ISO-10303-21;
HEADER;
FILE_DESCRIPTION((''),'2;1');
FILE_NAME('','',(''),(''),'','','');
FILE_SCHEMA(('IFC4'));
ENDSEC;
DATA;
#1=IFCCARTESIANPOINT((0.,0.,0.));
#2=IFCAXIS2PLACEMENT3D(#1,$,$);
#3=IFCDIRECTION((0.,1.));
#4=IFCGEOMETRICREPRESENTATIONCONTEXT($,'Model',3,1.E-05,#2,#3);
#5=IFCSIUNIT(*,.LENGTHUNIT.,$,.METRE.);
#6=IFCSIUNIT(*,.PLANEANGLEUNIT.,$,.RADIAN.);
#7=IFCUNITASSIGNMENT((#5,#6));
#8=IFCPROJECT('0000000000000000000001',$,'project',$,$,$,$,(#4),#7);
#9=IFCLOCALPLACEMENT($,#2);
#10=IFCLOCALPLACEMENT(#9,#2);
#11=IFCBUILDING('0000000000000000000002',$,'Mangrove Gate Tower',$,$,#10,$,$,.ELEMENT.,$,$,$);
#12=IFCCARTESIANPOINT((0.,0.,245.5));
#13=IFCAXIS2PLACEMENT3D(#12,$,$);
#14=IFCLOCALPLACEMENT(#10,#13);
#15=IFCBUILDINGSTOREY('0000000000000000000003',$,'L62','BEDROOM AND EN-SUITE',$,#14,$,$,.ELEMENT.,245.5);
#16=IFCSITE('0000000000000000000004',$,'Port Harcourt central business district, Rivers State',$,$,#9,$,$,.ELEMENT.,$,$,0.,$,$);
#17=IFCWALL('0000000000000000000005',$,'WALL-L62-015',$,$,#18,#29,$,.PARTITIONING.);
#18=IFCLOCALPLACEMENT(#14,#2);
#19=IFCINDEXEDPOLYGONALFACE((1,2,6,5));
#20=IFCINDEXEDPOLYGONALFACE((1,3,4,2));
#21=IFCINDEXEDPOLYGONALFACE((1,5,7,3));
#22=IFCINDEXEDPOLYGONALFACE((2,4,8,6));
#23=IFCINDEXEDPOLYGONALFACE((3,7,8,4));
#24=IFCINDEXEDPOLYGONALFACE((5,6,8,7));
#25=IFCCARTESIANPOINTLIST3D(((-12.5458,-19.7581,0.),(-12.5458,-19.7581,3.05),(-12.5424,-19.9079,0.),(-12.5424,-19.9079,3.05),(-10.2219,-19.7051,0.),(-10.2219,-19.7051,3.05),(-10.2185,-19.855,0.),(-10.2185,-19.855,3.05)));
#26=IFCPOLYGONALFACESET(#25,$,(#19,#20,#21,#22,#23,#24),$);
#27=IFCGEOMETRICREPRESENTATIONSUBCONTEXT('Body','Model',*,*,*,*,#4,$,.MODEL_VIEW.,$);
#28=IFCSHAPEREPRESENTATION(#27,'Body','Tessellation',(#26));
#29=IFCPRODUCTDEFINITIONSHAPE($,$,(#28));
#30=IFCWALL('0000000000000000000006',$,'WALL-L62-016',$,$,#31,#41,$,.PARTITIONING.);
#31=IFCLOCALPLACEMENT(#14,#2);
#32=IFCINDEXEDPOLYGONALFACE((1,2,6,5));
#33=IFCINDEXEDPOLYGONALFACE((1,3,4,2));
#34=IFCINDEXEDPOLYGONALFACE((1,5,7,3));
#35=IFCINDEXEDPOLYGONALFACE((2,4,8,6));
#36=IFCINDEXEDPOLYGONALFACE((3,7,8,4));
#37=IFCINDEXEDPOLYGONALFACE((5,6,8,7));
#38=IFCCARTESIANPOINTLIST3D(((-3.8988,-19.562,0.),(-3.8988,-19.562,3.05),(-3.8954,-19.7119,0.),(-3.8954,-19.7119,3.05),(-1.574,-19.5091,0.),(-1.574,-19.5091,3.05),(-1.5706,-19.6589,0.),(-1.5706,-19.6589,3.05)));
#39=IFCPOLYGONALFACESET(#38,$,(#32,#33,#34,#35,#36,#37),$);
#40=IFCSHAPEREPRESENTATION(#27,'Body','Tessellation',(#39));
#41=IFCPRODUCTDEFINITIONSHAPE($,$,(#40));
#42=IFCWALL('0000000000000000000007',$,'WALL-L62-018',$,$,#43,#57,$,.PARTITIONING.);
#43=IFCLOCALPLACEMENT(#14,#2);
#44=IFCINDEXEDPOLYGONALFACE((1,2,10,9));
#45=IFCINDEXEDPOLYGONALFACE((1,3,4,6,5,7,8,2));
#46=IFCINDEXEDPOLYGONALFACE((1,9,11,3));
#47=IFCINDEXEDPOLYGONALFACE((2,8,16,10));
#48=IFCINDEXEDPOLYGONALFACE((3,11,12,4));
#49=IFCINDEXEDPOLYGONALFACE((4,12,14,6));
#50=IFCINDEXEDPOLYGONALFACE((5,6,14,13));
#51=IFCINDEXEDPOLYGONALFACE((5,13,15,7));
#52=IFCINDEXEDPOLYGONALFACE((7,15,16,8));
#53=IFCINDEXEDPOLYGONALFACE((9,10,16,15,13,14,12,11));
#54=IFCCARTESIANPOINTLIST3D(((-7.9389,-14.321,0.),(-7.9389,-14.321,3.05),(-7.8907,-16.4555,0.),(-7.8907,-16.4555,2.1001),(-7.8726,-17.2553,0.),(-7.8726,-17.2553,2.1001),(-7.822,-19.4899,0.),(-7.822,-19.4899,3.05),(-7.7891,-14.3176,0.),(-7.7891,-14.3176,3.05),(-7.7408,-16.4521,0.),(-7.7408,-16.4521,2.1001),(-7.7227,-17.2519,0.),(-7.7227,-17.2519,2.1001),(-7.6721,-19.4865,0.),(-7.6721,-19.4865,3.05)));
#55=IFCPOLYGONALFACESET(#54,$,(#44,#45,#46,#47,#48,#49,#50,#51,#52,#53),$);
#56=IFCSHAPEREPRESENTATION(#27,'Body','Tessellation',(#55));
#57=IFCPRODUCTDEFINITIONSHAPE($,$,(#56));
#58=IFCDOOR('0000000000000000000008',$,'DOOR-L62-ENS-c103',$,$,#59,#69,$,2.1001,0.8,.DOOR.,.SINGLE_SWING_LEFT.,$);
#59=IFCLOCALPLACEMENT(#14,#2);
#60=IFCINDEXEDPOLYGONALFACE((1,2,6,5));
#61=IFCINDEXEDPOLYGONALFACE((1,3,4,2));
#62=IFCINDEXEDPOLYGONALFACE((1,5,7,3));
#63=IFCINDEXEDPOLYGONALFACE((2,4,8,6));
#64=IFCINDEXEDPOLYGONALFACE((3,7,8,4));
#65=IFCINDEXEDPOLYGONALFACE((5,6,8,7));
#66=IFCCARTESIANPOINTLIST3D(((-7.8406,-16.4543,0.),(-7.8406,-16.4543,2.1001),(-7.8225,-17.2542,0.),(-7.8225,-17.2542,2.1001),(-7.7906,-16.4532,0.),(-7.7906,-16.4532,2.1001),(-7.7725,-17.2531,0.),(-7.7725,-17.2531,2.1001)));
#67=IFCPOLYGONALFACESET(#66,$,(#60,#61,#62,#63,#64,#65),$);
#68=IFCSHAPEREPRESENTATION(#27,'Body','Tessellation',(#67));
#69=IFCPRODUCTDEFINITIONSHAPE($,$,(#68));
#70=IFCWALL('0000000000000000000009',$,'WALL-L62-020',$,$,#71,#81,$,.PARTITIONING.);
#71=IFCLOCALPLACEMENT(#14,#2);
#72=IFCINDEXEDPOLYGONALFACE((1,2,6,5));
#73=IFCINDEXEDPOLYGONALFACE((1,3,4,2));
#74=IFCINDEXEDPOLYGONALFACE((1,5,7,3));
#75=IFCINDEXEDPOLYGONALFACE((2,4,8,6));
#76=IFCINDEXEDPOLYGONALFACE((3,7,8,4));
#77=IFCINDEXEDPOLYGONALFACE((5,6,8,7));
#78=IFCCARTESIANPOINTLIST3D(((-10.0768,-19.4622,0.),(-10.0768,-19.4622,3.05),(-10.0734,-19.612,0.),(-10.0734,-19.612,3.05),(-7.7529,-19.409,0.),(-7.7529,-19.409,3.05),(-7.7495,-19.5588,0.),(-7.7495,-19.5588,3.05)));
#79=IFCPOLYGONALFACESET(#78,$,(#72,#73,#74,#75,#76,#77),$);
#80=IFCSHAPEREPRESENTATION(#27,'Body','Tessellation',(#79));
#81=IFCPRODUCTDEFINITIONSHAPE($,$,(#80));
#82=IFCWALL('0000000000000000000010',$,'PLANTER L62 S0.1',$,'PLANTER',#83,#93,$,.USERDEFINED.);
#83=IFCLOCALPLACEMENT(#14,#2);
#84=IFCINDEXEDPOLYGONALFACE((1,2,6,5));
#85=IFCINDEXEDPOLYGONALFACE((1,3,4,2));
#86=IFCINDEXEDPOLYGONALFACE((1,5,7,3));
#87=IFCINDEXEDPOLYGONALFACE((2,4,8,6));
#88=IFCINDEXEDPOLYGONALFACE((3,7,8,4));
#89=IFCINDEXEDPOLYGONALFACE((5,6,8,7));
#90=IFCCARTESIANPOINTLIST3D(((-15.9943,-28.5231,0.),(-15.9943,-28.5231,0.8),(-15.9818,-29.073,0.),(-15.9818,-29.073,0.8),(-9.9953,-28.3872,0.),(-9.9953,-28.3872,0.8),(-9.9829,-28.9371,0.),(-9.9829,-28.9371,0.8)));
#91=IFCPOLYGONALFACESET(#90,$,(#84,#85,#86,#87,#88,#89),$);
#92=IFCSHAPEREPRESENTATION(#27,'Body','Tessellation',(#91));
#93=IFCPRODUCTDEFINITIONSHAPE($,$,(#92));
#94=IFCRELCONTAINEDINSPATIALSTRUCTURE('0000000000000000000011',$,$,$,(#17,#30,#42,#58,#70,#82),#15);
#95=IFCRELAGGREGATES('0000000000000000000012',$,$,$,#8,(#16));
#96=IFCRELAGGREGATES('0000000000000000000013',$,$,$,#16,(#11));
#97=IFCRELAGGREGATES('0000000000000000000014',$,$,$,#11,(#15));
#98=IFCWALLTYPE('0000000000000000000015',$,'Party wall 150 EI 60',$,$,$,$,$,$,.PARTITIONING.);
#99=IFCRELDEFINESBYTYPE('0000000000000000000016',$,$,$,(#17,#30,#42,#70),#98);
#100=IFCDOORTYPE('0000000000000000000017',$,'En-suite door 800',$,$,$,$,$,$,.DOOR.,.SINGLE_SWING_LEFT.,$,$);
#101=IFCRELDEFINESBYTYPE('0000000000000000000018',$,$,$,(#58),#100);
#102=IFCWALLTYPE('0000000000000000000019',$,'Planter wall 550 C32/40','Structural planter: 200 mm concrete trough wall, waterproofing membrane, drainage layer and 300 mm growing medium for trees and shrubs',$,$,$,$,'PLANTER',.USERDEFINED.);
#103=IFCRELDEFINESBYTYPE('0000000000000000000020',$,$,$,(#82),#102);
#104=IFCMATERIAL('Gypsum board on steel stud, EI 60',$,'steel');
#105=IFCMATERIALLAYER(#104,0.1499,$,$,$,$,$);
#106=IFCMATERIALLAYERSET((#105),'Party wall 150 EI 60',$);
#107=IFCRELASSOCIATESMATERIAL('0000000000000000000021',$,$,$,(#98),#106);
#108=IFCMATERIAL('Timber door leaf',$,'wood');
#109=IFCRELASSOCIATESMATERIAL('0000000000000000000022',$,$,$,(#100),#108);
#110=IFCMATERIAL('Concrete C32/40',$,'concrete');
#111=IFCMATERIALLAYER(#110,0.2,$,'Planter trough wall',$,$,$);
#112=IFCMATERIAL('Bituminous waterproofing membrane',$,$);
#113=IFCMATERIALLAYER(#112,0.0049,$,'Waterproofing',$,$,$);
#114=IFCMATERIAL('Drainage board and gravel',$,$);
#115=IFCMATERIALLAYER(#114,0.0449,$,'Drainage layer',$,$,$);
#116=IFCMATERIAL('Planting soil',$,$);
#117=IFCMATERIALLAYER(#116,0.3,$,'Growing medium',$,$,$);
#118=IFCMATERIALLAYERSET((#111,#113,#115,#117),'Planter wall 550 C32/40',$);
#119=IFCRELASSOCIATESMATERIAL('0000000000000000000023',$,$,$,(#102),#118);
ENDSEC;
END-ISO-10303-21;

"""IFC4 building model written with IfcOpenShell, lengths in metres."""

from ifc_helpers import new_model, si_unit, direction, frame, frame_2d, origin, place, context, subcontext, project, spatial, rectangle, extrude, material, layer, layer_set, type_object, element, fill, save


model = new_model("IFC4")

# Units and contexts
model_context = context("Model", 3, precision=1e-05, world=origin(), true_north=direction((0.0, 1.0)))
body_context = subcontext(model_context, "Body", "Model", "MODEL_VIEW")
ifc_project = project(units=[si_unit("LENGTHUNIT", "METRE"), si_unit("PLANEANGLEUNIT", "RADIAN")], contexts=[model_context])

# Site, building, storey
site_placement = place(None, origin())
site = spatial("IfcSite", under=ifc_project, at=site_placement, Name="Port Harcourt central business district, Rivers State", CompositionType="ELEMENT", RefElevation=0.0)
building_placement = place(site_placement, origin())
building = spatial("IfcBuilding", under=site, at=building_placement, Name="Mangrove Gate Tower", CompositionType="ELEMENT")
storey_placement = place(building_placement, frame((0.0, 0.0, 245.5)))
storey = spatial("IfcBuildingStorey", under=building, at=storey_placement, Name="L62", Description="BEDROOM AND EN-SUITE", CompositionType="ELEMENT", Elevation=245.5)

# Shared definitions
ifc_material_1 = material(Name="Gypsum board on steel stud, EI 60", Category="steel")
ifc_layer_1 = layer(ifc_material_1, 0.1499)
ifc_layer_set_1 = layer_set([ifc_layer_1], Name="Party wall 150 EI 60")
wall_type_1 = type_object("IfcWallType", Name="Party wall 150 EI 60", PredefinedType="PARTITIONING", material=ifc_layer_set_1)

# Shared definitions
ifc_material_2 = material(Name="Timber door leaf", Category="wood")
door_type = type_object("IfcDoorType", Name="En-suite door 800", OperationType="SINGLE_SWING_LEFT", PredefinedType="DOOR", material=ifc_material_2)

# Walls
wall_1_placement = place(storey_placement, frame((-12.5439, -19.833, 0.0), z_axis=(0.0, 0.0, 1.0), x_axis=(0.99974, 0.022791, 0.0)))
element("IfcWall", 1, at=wall_1_placement, inside=storey, type_object=wall_type_1, Name="WALL-L62-015", PredefinedType="PARTITIONING", context=body_context, shape_type="SweptSolid", body=[
    extrude(rectangle(XDim=2.3245, YDim=0.1499, at=frame_2d((1.1621, 0.0))), origin(), (0.0, 0.0, 1.0), 3.05),
])
wall_2_placement = place(storey_placement, frame((-3.897, -19.637, 0.0), z_axis=(0.0, 0.0, 1.0), x_axis=(0.99974, 0.022781, 0.0)))
element("IfcWall", 2, at=wall_2_placement, inside=storey, type_object=wall_type_1, Name="WALL-L62-016", PredefinedType="PARTITIONING", context=body_context, shape_type="SweptSolid", body=[
    extrude(rectangle(XDim=2.3254, YDim=0.1499, at=frame_2d((1.1626, 0.0))), origin(), (0.0, 0.0, 1.0), 3.05),
])

# Wall, opening, door
wall_3_placement = place(storey_placement, frame((-7.7471, -19.488, 0.0), z_axis=(0.0, 0.0, 1.0), x_axis=(-0.022618, 0.999744, 0.0)))
wall_3 = element("IfcWall", 3, at=wall_3_placement, inside=storey, type_object=wall_type_1, Name="WALL-L62-018", PredefinedType="PARTITIONING", context=body_context, shape_type="SweptSolid", body=[
    extrude(rectangle(XDim=5.1702, YDim=0.1499, at=frame_2d((2.585, 0.0))), origin(), (0.0, 0.0, 1.0), 3.05),
])
opening_1_placement = place(wall_3_placement, frame((2.2351, 0.0, 0.0)))
opening_1 = element("IfcOpeningElement", 4, at=opening_1_placement, cuts=wall_3, PredefinedType="OPENING", context=body_context, shape_type="SweptSolid", body=[
    extrude(rectangle(XDim=0.8, YDim=2.1001, at=frame_2d((0.3999, 1.05))), frame((0.0, 0.085, 0.0), z_axis=(0.0, -1.0, 0.0), x_axis=(1.0, 0.0, 0.0)), (0.0, 0.0, 1.0), 0.1699),
])
door_1_placement = place(opening_1_placement, origin())
door_1 = element("IfcDoor", 5, at=door_1_placement, inside=storey, type_object=door_type, Name="DOOR-L62-ENS-c103", OperationType="SINGLE_SWING_LEFT", OverallHeight=2.1001, OverallWidth=0.8, PredefinedType="DOOR", context=body_context, shape_type="SweptSolid", body=[
    extrude(rectangle(XDim=0.8, YDim=2.1001, at=frame_2d((0.3999, 1.05))), frame((0.0, 0.0249, 0.0), z_axis=(0.0, -1.0, 0.0), x_axis=(1.0, 0.0, 0.0)), (0.0, 0.0, 1.0), 0.05),
])
fill(opening_1, door_1)

# Walls
wall_4_placement = place(storey_placement, frame((-10.075, -19.5371, 0.0), z_axis=(0.0, 0.0, 1.0), x_axis=(0.999738, 0.022896, 0.0)))
element("IfcWall", 6, at=wall_4_placement, inside=storey, type_object=wall_type_1, Name="WALL-L62-020", PredefinedType="PARTITIONING", context=body_context, shape_type="SweptSolid", body=[
    extrude(rectangle(XDim=2.3245, YDim=0.1499, at=frame_2d((1.1621, 0.0))), origin(), (0.0, 0.0, 1.0), 3.05),
])
ifc_material_3 = material(Name="Concrete C32/40", Category="concrete")
ifc_layer_2 = layer(ifc_material_3, 0.2, Name="Planter trough wall")
ifc_material_4 = material(Name="Bituminous waterproofing membrane")
ifc_layer_3 = layer(ifc_material_4, 0.0049, Name="Waterproofing")
ifc_material_5 = material(Name="Drainage board and gravel")
ifc_layer_4 = layer(ifc_material_5, 0.0449, Name="Drainage layer")
ifc_material_6 = material(Name="Planting soil")
ifc_layer_5 = layer(ifc_material_6, 0.3, Name="Growing medium")
ifc_layer_set_2 = layer_set([ifc_layer_2, ifc_layer_3, ifc_layer_4, ifc_layer_5], Name="Planter wall 550 C32/40")
wall_type_2 = type_object("IfcWallType", Name="Planter wall 550 C32/40", Description="Structural planter: 200 mm concrete trough wall, waterproofing membrane, drainage layer and 300 mm growing medium for trees and shrubs", ElementType="PLANTER", PredefinedType="USERDEFINED", material=ifc_layer_set_2)
wall_5_placement = place(storey_placement, frame((-15.988, -28.7981, 0.0), z_axis=(0.0, 0.0, 1.0), x_axis=(0.999743, 0.022662, 0.0)))
element("IfcWall", 7, at=wall_5_placement, inside=storey, type_object=wall_type_2, Name="PLANTER L62 S0.1", ObjectType="PLANTER", PredefinedType="USERDEFINED", context=body_context, shape_type="SweptSolid", body=[
    extrude(rectangle(XDim=6.0005, YDim=0.55, at=frame_2d((3.0002, 0.0))), origin(), (0.0, 0.0, 1.0), 0.8),
])

save(model, "model.ifc")
